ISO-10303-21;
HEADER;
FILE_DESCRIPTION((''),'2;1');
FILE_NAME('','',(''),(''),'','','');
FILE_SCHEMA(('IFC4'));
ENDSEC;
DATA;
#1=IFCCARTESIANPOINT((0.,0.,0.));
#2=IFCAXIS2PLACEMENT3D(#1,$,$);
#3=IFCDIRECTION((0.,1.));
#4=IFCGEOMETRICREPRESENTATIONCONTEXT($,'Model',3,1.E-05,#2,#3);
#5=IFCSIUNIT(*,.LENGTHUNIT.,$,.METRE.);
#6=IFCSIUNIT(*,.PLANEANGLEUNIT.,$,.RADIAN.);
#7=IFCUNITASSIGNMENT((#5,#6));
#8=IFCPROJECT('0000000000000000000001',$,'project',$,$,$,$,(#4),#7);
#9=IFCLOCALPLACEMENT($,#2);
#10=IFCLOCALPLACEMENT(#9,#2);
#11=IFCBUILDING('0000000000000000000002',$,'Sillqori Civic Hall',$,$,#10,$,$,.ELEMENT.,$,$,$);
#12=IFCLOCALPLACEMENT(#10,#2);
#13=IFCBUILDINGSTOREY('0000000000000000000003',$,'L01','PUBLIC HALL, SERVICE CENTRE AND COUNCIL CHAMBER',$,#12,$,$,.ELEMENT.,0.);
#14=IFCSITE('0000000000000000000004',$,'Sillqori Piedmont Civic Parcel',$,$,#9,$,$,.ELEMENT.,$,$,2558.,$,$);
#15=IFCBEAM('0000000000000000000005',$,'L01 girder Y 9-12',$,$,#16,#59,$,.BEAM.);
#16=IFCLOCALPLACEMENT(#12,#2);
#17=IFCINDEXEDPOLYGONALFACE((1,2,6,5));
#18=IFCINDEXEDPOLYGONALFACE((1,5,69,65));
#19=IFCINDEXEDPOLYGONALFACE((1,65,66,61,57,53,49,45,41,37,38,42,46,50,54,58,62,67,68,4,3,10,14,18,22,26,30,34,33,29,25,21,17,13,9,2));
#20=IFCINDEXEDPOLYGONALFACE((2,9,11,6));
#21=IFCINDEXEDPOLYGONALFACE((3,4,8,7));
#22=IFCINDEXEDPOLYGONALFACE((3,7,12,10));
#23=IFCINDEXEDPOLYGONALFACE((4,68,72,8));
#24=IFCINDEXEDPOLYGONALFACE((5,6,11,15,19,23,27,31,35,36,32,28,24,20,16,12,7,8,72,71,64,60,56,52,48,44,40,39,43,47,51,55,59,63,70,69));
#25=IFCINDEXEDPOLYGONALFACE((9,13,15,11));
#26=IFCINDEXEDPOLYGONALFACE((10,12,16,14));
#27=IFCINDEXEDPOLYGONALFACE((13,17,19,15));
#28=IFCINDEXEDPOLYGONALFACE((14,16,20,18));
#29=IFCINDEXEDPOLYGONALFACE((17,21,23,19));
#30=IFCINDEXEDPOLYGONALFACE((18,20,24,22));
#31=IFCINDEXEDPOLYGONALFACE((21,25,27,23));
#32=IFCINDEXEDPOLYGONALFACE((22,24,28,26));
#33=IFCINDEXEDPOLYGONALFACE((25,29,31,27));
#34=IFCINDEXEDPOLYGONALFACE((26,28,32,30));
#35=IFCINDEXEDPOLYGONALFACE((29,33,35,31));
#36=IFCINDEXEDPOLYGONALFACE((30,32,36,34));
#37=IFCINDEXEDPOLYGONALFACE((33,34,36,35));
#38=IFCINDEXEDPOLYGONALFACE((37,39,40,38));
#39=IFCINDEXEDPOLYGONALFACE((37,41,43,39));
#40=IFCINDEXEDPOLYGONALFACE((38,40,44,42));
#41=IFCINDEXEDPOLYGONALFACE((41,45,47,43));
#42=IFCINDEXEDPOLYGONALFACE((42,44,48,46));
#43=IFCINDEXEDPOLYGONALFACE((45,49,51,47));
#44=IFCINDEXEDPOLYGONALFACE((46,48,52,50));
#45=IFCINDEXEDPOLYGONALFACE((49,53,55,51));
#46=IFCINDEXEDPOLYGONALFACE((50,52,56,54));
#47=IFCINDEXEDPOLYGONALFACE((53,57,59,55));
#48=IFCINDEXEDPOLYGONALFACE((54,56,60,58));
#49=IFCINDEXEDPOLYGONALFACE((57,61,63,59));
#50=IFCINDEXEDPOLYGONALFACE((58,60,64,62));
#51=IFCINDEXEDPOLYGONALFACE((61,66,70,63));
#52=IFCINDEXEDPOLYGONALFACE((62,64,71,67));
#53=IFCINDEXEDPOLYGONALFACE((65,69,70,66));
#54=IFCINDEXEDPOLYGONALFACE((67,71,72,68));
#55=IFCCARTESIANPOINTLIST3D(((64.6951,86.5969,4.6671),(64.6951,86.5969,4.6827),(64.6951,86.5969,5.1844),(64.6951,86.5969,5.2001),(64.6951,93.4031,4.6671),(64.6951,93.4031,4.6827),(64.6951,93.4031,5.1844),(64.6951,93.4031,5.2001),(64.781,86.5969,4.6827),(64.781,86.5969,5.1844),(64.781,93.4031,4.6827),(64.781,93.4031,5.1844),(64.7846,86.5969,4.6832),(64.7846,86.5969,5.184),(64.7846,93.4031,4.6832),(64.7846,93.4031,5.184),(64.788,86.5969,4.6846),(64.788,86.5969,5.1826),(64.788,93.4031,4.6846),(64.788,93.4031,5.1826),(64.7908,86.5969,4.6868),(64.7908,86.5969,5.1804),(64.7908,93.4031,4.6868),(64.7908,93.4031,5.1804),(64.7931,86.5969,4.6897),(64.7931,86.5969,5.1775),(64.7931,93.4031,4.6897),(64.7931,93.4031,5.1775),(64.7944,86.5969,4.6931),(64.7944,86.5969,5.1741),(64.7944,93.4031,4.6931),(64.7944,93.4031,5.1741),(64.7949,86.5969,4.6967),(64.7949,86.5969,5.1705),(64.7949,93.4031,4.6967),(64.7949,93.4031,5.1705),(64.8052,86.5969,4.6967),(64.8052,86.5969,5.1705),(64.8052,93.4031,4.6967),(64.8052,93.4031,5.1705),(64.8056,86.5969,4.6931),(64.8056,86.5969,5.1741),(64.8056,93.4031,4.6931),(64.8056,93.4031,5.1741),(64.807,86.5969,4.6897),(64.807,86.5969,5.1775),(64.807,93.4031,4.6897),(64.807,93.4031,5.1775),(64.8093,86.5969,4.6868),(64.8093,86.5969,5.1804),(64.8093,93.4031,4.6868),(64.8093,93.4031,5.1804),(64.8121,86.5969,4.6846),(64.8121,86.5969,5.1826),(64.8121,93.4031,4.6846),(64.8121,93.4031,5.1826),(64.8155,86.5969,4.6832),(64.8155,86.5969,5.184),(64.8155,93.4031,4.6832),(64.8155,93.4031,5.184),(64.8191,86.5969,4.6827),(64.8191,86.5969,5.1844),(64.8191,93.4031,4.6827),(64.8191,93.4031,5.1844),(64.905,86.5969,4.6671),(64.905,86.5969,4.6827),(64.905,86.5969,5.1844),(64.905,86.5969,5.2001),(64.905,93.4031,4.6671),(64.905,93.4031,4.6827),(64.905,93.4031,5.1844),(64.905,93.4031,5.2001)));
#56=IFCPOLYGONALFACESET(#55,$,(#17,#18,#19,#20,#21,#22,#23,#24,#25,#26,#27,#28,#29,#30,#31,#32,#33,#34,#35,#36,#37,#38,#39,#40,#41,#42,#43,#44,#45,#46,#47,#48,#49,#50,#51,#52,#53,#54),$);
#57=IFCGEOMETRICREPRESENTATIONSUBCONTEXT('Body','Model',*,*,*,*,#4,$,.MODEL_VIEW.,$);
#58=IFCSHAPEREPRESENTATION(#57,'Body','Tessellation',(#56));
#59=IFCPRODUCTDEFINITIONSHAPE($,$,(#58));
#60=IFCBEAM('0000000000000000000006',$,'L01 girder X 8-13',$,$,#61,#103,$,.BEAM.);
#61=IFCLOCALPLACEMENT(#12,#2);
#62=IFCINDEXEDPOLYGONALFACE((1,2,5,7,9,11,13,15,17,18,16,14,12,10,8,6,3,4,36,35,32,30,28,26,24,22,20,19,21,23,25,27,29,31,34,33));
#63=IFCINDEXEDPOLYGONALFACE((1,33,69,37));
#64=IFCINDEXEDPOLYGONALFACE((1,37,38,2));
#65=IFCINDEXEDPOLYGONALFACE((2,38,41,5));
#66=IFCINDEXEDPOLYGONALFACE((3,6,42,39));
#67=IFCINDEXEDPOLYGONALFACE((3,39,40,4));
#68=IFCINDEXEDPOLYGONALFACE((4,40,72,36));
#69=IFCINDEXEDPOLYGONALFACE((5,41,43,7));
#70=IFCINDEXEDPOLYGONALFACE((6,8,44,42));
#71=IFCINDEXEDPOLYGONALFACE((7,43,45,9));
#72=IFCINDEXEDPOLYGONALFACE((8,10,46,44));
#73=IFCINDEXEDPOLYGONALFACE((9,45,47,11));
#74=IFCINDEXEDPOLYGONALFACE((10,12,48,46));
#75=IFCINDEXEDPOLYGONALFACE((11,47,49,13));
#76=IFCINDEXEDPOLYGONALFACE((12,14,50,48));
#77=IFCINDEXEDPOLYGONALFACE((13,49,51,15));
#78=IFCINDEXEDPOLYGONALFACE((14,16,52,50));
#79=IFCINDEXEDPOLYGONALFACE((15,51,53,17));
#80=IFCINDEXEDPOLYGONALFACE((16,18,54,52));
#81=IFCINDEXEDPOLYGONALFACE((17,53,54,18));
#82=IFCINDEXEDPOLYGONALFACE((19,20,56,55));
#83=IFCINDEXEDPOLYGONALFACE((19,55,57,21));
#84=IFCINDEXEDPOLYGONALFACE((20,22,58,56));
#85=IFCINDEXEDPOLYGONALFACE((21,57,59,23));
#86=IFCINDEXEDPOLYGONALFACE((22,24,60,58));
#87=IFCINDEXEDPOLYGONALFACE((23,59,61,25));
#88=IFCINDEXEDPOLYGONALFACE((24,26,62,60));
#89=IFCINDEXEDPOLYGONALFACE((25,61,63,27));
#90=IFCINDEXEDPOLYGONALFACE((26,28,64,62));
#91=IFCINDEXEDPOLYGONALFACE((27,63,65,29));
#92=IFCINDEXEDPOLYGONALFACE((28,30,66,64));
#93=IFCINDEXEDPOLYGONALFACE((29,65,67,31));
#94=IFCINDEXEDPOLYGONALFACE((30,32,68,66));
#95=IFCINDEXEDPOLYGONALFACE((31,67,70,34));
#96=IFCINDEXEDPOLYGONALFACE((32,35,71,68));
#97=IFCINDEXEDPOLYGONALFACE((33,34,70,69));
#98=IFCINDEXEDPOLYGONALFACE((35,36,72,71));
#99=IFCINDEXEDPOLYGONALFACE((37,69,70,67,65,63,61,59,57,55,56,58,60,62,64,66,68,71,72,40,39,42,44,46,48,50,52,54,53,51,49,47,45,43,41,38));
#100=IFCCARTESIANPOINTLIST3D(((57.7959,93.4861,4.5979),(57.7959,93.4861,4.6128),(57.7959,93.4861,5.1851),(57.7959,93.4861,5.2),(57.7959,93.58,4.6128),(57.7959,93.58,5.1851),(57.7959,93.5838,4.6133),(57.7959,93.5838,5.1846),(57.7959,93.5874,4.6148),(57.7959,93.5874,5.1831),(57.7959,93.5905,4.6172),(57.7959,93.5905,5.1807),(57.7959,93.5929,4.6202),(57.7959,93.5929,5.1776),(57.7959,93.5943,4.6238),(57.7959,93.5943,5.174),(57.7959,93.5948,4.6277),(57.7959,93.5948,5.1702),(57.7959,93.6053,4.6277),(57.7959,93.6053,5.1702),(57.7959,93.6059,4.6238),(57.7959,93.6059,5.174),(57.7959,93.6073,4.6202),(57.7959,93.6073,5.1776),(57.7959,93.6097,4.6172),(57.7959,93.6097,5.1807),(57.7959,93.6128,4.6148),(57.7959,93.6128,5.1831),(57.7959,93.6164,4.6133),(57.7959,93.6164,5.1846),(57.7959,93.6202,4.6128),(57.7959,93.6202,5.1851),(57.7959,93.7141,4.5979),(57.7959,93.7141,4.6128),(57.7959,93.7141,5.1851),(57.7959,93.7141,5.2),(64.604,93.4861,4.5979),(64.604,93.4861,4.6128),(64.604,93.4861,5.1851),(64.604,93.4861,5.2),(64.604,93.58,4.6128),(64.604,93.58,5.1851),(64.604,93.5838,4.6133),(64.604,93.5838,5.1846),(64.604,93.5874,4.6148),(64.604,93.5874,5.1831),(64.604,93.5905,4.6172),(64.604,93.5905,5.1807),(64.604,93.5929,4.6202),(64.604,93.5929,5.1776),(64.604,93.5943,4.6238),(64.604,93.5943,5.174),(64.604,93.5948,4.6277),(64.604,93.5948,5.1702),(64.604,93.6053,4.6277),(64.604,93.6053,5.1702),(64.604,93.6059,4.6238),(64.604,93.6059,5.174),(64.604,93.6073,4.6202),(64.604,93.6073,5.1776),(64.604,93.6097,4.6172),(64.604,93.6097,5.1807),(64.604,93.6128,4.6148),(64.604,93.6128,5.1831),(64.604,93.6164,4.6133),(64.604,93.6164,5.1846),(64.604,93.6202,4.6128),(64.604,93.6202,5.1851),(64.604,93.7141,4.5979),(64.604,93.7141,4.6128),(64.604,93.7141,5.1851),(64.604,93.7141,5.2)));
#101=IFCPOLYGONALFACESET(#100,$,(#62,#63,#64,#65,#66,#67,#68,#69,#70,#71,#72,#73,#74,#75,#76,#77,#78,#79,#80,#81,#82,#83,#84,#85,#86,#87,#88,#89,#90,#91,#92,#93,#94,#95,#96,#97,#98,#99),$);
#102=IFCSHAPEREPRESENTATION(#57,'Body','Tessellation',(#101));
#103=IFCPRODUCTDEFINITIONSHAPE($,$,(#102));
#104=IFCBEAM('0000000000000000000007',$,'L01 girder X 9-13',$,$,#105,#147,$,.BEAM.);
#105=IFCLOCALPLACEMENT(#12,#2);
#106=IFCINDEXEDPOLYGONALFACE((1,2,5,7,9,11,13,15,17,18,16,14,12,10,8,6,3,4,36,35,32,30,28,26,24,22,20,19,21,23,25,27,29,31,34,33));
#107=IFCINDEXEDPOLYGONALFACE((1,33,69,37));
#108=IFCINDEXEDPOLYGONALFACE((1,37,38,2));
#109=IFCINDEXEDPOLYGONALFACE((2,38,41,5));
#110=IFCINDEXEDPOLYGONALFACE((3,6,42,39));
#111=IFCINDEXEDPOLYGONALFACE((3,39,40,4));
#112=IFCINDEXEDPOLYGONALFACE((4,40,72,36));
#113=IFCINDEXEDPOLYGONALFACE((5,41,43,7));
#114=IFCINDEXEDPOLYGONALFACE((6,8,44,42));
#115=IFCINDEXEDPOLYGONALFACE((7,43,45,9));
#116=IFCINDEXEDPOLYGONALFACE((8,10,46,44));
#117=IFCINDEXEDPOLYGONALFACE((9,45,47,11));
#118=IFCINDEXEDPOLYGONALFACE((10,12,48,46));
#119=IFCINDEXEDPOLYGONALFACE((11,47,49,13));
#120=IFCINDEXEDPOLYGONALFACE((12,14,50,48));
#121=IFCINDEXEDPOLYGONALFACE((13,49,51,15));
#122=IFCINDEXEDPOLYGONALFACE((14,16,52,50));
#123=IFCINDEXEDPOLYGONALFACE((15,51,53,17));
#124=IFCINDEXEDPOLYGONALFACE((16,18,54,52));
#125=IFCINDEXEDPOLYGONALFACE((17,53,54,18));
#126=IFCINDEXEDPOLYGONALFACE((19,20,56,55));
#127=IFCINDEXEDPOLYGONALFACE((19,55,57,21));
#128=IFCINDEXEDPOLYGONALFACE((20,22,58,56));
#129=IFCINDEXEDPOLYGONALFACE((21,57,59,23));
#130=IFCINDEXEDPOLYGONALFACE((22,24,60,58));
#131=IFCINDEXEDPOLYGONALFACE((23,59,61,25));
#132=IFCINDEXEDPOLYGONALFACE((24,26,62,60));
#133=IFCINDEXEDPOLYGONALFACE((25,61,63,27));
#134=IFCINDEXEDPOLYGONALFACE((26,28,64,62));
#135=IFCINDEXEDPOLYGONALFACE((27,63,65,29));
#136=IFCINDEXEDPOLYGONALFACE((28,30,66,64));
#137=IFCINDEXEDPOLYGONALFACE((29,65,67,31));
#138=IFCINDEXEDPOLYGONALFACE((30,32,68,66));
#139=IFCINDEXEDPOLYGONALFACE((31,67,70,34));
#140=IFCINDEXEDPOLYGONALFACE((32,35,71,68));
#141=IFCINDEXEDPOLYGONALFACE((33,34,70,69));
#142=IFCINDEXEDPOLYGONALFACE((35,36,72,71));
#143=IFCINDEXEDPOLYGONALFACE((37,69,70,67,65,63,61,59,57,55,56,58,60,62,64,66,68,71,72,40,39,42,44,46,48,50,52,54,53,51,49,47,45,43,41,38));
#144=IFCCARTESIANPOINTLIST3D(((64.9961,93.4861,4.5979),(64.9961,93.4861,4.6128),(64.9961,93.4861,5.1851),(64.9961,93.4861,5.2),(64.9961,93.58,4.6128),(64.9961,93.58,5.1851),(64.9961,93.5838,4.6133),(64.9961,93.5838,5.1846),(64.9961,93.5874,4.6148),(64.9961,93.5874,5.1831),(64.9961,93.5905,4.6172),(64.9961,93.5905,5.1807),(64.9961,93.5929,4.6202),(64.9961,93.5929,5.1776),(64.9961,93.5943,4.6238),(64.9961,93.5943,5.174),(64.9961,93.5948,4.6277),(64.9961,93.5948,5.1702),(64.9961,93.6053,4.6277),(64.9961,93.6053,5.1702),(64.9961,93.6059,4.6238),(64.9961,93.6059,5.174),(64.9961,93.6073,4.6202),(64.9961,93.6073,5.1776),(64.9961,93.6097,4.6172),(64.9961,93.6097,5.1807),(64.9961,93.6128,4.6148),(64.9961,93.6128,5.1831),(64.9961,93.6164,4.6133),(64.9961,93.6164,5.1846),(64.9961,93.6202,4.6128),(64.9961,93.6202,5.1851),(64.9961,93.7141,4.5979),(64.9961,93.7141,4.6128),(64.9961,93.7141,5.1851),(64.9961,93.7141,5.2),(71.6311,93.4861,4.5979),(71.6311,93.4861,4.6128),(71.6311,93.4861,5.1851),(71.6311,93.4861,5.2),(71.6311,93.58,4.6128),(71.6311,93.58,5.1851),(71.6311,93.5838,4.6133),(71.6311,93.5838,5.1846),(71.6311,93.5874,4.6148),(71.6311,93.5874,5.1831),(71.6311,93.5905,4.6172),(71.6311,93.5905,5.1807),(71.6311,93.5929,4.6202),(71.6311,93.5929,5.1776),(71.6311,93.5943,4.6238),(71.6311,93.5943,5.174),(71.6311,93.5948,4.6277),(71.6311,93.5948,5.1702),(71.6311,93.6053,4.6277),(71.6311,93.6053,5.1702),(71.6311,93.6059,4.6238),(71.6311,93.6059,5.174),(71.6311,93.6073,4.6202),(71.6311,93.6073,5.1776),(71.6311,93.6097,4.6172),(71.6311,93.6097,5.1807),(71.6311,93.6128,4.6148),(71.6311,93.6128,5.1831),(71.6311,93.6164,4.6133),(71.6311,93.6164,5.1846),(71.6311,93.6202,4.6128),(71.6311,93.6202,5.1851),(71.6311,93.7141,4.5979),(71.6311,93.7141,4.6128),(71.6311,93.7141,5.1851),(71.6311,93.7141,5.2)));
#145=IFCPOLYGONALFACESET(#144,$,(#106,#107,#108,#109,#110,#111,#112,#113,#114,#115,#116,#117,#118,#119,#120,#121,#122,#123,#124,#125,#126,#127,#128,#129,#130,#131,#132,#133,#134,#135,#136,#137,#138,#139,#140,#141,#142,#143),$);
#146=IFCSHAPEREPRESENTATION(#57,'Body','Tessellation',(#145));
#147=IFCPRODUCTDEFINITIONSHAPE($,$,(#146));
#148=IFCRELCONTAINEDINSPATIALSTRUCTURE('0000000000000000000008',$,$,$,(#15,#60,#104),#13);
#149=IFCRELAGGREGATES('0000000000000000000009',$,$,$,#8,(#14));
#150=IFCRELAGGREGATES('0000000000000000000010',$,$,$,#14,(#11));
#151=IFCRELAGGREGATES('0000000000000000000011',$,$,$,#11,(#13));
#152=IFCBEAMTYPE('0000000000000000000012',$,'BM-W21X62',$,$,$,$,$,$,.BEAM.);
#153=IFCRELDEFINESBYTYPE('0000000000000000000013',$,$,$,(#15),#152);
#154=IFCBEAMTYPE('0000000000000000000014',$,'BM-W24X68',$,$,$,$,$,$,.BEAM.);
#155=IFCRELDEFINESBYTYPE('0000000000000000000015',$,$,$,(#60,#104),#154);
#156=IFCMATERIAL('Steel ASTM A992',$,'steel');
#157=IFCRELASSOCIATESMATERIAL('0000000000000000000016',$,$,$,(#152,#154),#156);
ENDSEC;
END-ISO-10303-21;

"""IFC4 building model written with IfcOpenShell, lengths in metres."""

from ifc_helpers import new_model, si_unit, direction, frame, origin, origin_2d, place, context, subcontext, project, spatial, i_section, extrude, material, material_profile, profile_set, type_object, element, save


model = new_model("IFC4")

# Units and contexts
model_context = context("Model", 3, precision=1e-05, world=origin(), true_north=direction((0.0, 1.0)))
body_context = subcontext(model_context, "Body", "Model", "MODEL_VIEW")
ifc_project = project(units=[si_unit("LENGTHUNIT", "METRE"), si_unit("PLANEANGLEUNIT", "RADIAN")], contexts=[model_context])

# Site, building, storey
site_placement = place(None, origin())
site = spatial("IfcSite", under=ifc_project, at=site_placement, Name="Sillqori Piedmont Civic Parcel", CompositionType="ELEMENT", RefElevation=2558.0)
building_placement = place(site_placement, origin())
building = spatial("IfcBuilding", under=site, at=building_placement, Name="Sillqori Civic Hall", CompositionType="ELEMENT")
storey_placement = place(building_placement, origin())
storey = spatial("IfcBuildingStorey", under=building, at=storey_placement, Name="L01", Description="PUBLIC HALL, SERVICE CENTRE AND COUNCIL CHAMBER", CompositionType="ELEMENT", Elevation=0.0)

# Shared definitions
ifc_material_1 = material(Name="Steel ASTM A992", Category="steel")

# Beams
ifc_material_profile_1 = material_profile(ifc_material_1, i_section(OverallWidth=0.21, OverallDepth=0.533, WebThickness=0.0103, FlangeThickness=0.0156, FilletRadius=0.0139, at=origin_2d()), Name="W21X62")
ifc_profile_set_1 = profile_set([ifc_material_profile_1], Name="Steel ASTM A992")
beam_type_1 = type_object("IfcBeamType", Name="BM-W21X62", PredefinedType="BEAM", material=ifc_profile_set_1)
beam_1_placement = place(storey_placement, frame((64.8, 86.5969, 4.9336), z_axis=(0.0, 1.0, 0.0), x_axis=(-1.0, 0.0, 0.0)))
element("IfcBeam", 1, at=beam_1_placement, inside=storey, type_object=beam_type_1, Name="L01 girder Y 9-12", PredefinedType="BEAM", context=body_context, shape_type="SweptSolid", body=[
    extrude(i_section(OverallWidth=0.21, OverallDepth=0.533, WebThickness=0.0103, FlangeThickness=0.0156, FilletRadius=0.0139, at=origin_2d()), origin(), (0.0, 0.0, 1.0), 6.8062),
])
ifc_material_profile_2 = material_profile(ifc_material_1, i_section(OverallWidth=0.228, OverallDepth=0.6021, WebThickness=0.0105, FlangeThickness=0.0149, FilletRadius=0.0149, at=origin_2d()), Name="W24X68")
ifc_profile_set_2 = profile_set([ifc_material_profile_2], Name="Steel ASTM A992")
beam_type_2 = type_object("IfcBeamType", Name="BM-W24X68", PredefinedType="BEAM", material=ifc_profile_set_2)
beam_2_placement = place(storey_placement, frame((57.7959, 93.6001, 4.8989), z_axis=(1.0, 0.0, 0.0), x_axis=(0.0, 1.0, 0.0)))
element("IfcBeam", 2, at=beam_2_placement, inside=storey, type_object=beam_type_2, Name="L01 girder X 8-13", PredefinedType="BEAM", context=body_context, shape_type="SweptSolid", body=[
    extrude(i_section(OverallWidth=0.228, OverallDepth=0.6021, WebThickness=0.0105, FlangeThickness=0.0149, FilletRadius=0.0149, at=origin_2d()), origin(), (0.0, 0.0, 1.0), 6.8081),
])
beam_3_placement = place(storey_placement, frame((64.9961, 93.6001, 4.8989), z_axis=(1.0, 0.0, 0.0), x_axis=(0.0, 1.0, 0.0)))
element("IfcBeam", 3, at=beam_3_placement, inside=storey, type_object=beam_type_2, Name="L01 girder X 9-13", PredefinedType="BEAM", context=body_context, shape_type="SweptSolid", body=[
    extrude(i_section(OverallWidth=0.228, OverallDepth=0.6021, WebThickness=0.0105, FlangeThickness=0.0149, FilletRadius=0.0149, at=origin_2d()), origin(), (0.0, 0.0, 1.0), 6.635),
])

save(model, "model.ifc")
